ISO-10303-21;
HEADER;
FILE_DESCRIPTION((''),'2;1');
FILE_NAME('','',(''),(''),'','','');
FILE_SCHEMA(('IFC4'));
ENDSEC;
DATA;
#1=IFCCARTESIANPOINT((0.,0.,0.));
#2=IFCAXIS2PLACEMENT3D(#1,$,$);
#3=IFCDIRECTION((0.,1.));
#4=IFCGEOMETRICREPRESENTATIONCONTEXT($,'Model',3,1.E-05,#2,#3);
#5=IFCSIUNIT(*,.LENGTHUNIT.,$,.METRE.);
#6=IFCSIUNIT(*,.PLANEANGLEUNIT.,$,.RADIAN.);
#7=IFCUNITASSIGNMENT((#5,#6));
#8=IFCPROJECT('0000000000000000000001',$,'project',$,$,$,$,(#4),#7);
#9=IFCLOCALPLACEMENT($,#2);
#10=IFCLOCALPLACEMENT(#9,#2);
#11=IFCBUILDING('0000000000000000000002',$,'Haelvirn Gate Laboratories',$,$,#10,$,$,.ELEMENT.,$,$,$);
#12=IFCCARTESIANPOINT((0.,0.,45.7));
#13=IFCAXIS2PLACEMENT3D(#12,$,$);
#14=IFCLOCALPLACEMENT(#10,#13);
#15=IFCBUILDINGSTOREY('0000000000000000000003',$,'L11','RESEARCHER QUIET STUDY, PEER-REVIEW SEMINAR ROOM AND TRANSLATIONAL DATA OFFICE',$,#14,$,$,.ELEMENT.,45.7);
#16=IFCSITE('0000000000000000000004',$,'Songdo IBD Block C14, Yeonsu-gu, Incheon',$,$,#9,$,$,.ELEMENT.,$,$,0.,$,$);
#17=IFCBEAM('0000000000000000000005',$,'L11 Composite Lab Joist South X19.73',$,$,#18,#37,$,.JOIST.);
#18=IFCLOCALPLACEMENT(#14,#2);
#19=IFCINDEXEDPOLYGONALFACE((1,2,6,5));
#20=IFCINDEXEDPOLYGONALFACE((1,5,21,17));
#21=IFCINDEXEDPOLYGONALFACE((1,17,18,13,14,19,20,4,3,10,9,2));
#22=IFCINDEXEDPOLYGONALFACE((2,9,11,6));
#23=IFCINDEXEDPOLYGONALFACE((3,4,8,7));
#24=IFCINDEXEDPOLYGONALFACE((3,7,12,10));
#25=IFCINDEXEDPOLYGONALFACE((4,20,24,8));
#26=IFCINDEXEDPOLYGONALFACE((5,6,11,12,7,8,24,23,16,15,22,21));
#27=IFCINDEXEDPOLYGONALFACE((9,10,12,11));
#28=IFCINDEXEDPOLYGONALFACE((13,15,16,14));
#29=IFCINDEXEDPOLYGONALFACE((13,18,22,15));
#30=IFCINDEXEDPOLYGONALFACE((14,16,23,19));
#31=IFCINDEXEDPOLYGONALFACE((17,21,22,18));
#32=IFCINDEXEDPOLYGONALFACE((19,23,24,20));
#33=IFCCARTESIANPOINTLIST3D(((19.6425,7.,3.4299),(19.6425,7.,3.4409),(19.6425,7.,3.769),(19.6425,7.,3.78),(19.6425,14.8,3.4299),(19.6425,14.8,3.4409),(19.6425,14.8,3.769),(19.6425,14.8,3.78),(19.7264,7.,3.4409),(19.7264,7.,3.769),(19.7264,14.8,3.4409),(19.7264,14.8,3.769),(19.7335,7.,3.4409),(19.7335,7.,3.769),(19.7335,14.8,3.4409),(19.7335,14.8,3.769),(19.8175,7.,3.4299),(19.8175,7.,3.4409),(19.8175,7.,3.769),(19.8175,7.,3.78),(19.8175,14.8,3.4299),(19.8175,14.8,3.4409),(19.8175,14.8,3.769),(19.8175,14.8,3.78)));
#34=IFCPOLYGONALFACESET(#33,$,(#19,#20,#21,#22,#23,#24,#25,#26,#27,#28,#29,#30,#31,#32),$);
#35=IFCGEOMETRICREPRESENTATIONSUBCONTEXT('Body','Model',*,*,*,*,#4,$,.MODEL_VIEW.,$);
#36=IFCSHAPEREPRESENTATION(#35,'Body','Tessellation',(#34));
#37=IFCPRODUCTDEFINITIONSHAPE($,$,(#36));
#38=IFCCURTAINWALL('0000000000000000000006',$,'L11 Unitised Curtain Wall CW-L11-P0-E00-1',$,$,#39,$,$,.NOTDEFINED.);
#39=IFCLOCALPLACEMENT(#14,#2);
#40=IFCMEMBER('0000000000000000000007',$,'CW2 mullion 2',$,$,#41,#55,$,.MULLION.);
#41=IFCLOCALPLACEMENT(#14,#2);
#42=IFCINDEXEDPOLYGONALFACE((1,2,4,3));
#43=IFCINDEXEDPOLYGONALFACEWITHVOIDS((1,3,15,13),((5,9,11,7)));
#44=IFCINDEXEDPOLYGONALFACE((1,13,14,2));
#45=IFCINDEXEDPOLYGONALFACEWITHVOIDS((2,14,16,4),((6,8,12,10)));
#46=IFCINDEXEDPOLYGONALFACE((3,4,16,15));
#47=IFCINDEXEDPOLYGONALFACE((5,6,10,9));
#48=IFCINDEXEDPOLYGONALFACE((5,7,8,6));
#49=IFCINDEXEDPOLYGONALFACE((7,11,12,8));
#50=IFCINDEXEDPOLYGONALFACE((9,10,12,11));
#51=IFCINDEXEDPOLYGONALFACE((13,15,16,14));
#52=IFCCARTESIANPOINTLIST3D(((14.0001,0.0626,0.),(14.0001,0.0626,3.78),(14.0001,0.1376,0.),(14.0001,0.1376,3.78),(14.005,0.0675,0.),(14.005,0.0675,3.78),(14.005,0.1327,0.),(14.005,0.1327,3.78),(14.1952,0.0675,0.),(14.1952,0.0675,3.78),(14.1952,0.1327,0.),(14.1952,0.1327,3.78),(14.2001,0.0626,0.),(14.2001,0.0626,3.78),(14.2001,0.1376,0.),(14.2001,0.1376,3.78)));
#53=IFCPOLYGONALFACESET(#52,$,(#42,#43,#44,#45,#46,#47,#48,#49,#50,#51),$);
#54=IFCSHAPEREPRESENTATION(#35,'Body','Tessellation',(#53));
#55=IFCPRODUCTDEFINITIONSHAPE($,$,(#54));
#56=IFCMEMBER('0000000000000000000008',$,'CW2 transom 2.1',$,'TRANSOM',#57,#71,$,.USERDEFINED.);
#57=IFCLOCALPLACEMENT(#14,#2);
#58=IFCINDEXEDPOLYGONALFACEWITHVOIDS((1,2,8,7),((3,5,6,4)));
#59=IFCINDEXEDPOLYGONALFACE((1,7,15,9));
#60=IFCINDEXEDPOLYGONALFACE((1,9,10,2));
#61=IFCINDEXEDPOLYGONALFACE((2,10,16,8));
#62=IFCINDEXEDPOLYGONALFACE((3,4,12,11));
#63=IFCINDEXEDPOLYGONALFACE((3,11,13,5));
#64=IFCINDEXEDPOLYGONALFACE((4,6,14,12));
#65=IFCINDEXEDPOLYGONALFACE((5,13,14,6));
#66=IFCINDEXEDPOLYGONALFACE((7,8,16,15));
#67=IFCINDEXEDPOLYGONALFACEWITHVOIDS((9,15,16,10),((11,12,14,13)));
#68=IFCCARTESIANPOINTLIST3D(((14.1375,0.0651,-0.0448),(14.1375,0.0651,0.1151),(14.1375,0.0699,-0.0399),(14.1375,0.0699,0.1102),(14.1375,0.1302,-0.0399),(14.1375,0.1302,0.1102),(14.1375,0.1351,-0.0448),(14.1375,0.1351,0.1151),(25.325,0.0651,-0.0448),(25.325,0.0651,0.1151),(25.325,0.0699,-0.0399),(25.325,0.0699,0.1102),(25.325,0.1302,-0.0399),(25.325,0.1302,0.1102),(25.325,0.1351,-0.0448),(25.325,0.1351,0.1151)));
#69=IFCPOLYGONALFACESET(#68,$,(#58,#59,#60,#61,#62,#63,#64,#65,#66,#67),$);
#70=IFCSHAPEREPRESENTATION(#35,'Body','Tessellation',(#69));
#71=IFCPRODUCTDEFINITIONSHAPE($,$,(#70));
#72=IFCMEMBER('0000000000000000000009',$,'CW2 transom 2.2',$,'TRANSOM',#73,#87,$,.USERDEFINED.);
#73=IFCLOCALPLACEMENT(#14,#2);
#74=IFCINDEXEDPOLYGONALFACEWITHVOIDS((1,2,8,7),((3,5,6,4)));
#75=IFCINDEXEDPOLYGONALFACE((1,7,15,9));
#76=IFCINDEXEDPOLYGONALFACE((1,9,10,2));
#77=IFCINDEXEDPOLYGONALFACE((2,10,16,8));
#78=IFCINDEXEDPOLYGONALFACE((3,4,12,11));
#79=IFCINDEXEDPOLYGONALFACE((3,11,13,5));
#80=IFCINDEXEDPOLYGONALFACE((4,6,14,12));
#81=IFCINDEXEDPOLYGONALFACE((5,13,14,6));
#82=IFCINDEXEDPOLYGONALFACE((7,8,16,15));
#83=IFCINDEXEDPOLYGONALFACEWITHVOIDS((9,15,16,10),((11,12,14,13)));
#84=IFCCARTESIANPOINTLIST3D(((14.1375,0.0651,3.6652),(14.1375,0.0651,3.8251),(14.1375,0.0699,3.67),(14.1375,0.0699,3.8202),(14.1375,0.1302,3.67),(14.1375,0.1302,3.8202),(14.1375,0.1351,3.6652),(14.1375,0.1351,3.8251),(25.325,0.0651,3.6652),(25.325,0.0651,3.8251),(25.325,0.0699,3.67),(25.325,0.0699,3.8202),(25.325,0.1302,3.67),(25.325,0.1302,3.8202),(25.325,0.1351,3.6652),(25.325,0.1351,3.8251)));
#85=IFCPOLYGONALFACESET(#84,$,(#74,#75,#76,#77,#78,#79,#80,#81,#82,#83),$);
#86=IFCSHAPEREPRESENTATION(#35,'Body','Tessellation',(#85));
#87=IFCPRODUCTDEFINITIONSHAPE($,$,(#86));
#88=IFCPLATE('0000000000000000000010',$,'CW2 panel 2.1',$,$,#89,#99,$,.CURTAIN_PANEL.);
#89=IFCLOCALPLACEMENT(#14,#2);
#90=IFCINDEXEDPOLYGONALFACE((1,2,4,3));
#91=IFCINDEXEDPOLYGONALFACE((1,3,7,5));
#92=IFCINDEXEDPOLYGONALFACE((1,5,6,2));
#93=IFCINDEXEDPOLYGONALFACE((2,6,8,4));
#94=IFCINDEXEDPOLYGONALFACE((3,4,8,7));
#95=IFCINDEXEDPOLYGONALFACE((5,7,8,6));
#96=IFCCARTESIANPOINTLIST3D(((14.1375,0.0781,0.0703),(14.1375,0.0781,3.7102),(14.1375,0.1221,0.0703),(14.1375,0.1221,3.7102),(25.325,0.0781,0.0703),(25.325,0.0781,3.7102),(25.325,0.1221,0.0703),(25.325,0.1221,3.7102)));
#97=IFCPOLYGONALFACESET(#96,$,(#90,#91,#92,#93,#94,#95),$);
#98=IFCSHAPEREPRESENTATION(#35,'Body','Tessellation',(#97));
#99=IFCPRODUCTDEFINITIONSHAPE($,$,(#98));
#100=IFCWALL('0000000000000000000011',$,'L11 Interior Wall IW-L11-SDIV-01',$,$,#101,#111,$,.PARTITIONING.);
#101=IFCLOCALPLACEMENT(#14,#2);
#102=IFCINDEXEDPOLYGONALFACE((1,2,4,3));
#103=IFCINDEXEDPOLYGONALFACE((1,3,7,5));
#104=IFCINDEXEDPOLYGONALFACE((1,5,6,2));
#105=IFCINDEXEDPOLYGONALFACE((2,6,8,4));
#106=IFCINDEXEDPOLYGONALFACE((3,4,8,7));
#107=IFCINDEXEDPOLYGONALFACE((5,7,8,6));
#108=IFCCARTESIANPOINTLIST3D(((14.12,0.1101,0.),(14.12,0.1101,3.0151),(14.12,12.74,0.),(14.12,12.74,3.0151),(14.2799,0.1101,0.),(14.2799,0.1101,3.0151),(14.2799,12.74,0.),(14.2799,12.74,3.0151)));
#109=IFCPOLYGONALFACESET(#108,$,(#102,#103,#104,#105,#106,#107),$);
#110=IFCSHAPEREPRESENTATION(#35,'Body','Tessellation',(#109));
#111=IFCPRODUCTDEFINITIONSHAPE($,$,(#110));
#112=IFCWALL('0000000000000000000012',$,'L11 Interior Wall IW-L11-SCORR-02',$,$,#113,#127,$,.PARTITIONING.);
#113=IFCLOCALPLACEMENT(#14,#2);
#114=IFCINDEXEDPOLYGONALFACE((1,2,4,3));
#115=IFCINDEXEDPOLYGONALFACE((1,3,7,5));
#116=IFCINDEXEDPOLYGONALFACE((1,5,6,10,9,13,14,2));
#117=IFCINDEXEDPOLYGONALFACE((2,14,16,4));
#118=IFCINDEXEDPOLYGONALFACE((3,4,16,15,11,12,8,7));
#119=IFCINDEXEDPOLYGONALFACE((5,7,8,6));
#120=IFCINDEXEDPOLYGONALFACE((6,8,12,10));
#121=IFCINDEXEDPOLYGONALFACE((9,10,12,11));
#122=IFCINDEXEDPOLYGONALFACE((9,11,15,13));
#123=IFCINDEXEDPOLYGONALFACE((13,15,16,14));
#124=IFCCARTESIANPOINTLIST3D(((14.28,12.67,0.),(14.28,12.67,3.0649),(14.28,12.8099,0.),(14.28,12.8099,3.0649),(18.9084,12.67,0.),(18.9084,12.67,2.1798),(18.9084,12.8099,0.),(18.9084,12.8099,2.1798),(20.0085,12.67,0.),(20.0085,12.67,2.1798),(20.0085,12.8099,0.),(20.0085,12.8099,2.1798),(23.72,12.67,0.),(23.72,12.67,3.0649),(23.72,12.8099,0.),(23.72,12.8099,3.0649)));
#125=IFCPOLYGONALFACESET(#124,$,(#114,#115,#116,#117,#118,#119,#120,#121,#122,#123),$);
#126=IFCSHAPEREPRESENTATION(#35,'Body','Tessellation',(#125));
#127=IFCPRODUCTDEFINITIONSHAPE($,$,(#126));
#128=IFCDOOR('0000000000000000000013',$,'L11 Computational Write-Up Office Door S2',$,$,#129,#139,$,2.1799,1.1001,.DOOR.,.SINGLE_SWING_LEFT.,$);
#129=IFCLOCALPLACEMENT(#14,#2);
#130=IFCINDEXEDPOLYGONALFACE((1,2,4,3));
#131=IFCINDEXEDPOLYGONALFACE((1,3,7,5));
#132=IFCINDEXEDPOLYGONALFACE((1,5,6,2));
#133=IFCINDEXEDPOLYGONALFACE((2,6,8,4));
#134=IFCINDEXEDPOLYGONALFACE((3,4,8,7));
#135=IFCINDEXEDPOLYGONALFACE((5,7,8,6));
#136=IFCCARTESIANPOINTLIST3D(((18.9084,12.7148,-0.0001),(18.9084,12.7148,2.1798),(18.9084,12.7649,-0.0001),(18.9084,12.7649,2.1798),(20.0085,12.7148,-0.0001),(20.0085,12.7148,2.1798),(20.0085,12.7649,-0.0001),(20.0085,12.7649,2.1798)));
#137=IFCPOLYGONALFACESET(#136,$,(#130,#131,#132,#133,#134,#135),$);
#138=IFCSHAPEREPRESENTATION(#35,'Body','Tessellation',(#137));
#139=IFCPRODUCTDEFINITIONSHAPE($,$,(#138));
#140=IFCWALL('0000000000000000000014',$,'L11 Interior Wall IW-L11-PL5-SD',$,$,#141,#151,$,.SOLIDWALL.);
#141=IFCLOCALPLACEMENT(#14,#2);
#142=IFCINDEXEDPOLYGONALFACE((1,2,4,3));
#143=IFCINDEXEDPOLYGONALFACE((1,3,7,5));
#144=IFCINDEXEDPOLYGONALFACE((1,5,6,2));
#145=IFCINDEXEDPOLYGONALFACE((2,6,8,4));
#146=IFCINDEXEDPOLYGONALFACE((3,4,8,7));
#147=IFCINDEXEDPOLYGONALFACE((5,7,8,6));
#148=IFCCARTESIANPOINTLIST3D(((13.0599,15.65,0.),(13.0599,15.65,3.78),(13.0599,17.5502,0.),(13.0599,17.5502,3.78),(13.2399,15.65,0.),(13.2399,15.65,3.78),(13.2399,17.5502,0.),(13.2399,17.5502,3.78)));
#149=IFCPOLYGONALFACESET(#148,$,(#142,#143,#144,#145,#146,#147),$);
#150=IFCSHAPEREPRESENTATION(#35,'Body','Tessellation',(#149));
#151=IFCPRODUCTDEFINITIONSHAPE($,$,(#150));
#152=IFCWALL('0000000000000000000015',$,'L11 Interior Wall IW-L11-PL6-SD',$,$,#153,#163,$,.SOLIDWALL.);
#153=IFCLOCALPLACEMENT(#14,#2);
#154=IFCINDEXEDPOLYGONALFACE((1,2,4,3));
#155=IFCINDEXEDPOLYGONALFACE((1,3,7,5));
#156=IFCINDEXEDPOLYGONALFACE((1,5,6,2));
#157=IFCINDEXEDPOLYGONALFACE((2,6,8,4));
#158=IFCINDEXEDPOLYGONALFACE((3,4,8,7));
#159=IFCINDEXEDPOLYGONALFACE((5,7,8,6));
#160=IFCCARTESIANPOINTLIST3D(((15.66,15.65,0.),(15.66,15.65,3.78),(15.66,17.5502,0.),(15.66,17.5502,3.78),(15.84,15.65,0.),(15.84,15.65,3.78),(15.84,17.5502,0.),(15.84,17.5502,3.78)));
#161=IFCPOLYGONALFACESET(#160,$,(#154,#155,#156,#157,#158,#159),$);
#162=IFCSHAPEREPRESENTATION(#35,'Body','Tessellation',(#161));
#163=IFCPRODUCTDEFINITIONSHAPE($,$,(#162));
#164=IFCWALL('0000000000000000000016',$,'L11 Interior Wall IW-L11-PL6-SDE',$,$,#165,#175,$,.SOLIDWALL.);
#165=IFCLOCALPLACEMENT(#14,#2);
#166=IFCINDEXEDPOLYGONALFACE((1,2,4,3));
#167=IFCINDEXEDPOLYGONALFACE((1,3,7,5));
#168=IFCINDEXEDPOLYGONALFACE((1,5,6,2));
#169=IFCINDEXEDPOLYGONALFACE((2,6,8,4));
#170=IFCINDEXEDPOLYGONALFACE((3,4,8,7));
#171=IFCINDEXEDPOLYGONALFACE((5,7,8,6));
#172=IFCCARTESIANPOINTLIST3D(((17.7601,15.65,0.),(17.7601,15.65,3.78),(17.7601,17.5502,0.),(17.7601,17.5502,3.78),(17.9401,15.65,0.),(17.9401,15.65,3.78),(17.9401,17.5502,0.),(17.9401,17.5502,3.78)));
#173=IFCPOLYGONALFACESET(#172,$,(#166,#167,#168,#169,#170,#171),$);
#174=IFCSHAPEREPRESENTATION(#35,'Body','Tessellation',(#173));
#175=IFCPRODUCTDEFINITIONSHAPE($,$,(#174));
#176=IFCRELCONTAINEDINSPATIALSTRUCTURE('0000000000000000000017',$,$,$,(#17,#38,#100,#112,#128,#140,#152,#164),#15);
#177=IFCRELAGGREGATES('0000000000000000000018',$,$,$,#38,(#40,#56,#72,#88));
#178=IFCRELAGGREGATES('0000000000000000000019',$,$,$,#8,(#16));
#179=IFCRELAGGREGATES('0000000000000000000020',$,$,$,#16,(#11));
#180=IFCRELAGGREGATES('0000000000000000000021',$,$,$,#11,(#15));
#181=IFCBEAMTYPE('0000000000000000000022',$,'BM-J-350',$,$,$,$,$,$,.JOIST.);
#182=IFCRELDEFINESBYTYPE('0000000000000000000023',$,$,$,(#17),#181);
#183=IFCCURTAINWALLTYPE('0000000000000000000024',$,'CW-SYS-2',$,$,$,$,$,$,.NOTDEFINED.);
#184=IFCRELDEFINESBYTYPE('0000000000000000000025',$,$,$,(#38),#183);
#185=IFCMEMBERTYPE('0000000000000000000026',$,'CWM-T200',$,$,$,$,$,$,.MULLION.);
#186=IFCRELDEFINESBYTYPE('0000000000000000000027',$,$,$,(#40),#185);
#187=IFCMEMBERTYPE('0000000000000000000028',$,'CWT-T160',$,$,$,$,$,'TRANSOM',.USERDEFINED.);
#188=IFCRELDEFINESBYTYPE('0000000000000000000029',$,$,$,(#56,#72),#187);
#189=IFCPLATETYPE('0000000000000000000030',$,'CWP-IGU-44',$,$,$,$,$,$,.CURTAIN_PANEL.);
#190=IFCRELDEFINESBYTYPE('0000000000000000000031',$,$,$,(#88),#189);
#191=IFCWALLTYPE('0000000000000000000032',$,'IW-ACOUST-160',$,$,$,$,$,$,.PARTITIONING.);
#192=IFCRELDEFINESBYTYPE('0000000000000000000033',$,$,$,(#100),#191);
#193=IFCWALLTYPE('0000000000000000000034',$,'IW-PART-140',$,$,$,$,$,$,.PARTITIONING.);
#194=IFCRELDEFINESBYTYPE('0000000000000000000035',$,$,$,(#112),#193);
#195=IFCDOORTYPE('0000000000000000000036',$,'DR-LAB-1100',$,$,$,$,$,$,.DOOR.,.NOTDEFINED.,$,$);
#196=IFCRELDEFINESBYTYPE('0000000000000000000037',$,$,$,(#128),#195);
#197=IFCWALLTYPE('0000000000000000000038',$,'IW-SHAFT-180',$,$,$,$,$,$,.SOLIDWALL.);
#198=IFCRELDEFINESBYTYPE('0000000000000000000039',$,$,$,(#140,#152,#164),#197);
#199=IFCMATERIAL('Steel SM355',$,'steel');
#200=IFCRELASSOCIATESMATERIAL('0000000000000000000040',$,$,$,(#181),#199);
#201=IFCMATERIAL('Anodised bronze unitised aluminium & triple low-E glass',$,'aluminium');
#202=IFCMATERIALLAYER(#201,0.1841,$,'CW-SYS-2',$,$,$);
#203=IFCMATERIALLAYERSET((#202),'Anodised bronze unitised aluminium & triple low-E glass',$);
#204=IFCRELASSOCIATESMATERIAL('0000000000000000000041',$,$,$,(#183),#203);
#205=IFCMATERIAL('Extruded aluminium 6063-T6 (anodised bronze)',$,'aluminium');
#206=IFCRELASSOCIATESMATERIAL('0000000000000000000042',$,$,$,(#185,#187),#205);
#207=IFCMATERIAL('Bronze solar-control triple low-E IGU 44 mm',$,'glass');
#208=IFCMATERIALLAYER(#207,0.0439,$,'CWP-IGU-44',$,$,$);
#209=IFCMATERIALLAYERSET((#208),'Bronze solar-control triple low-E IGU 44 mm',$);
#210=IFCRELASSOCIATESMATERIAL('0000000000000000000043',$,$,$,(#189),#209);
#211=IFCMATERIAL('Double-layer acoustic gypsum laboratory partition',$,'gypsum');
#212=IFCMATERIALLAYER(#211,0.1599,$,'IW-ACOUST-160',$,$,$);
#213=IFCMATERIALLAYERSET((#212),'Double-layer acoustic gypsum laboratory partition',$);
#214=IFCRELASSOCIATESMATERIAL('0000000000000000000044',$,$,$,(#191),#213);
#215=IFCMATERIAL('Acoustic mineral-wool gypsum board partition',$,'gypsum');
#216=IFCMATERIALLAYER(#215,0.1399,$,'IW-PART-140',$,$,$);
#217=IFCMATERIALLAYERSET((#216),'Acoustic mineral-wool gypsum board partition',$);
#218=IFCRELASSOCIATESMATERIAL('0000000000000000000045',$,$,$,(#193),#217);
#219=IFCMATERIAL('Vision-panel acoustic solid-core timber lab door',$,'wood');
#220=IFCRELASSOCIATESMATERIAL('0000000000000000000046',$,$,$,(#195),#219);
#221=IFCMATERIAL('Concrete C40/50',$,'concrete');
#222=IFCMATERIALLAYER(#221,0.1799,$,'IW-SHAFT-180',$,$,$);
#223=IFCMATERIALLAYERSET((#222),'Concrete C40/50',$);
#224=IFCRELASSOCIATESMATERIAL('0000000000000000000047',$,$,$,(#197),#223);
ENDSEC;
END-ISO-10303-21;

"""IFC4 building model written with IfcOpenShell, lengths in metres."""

from ifc_helpers import new_model, si_unit, direction, frame, frame_2d, origin, origin_2d, place, context, subcontext, project, spatial, rectangle, hollow_rectangle, i_section, extrude, source, transform, mapped, material, layer, layer_set, material_profile, profile_set, type_object, type_shapes, element, fill, aggregate, save


model = new_model("IFC4")

# Units and contexts
model_context = context("Model", 3, precision=1e-05, world=origin(), true_north=direction((0.0, 1.0)))
body_context = subcontext(model_context, "Body", "Model", "MODEL_VIEW")
ifc_project = project(units=[si_unit("LENGTHUNIT", "METRE"), si_unit("PLANEANGLEUNIT", "RADIAN")], contexts=[model_context])

# Site, building, storey
site_placement = place(None, origin())
site = spatial("IfcSite", under=ifc_project, at=site_placement, Name="Songdo IBD Block C14, Yeonsu-gu, Incheon", CompositionType="ELEMENT", RefElevation=0.0)
building_placement = place(site_placement, origin())
building = spatial("IfcBuilding", under=site, at=building_placement, Name="Haelvirn Gate Laboratories", CompositionType="ELEMENT")
storey_placement = place(building_placement, frame((0.0, 0.0, 45.7)))
storey = spatial("IfcBuildingStorey", under=building, at=storey_placement, Name="L11", Description="RESEARCHER QUIET STUDY, PEER-REVIEW SEMINAR ROOM AND TRANSLATIONAL DATA OFFICE", CompositionType="ELEMENT", Elevation=45.7)

# Beam
ifc_material_1 = material(Name="Steel SM355", Category="steel")
ifc_material_profile_1 = material_profile(ifc_material_1, i_section(OverallWidth=0.175, OverallDepth=0.3501, WebThickness=0.0071, FlangeThickness=0.011, at=origin_2d()), Name="H-350x175x7x11")
ifc_profile_set_1 = profile_set([ifc_material_profile_1], Name="Steel SM355")
beam_type_1 = type_object("IfcBeamType", Name="BM-J-350", PredefinedType="JOIST", material=ifc_profile_set_1)
shared_shape_1 = source(origin(), body_context, "Body", "SweptSolid", [
    extrude(i_section(OverallWidth=0.175, OverallDepth=0.3501, WebThickness=0.0071, FlangeThickness=0.011, at=origin_2d()), origin(), (0.0, 0.0, 1.0), 7.8),
])
type_shapes(beam_type_1, [shared_shape_1])
for number, where, z_axis, x_axis, name in (
    (1, (19.73, 7.0, 3.605), (0.0, 1.0, 0.0), (-1.0, 0.0, 0.0), "L11 Composite Lab Joist South X19.73"),
):
    element("IfcBeam", number, at=place(storey_placement, frame(where, z_axis=z_axis, x_axis=x_axis)), inside=storey, type_object=beam_type_1, Name=name, PredefinedType="JOIST", context=body_context, shape_type="MappedRepresentation", body=[
        mapped(shared_shape_1, transform((0.0, 0.0, 0.0), scale=1.0)),
    ])

# Curtain wall, members, plate
ifc_material_2 = material(Name="Anodised bronze unitised aluminium & triple low-E glass", Category="aluminium")
ifc_layer_1 = layer(ifc_material_2, 0.1841, Name="CW-SYS-2")
ifc_layer_set_1 = layer_set([ifc_layer_1], Name="Anodised bronze unitised aluminium & triple low-E glass")
curtain_wall_type = type_object("IfcCurtainWallType", Name="CW-SYS-2", PredefinedType="NOTDEFINED", material=ifc_layer_set_1)
curtain_wall_placement = place(storey_placement, origin())
curtain_wall = element("IfcCurtainWall", 2, at=curtain_wall_placement, inside=storey, type_object=curtain_wall_type, Name="L11 Unitised Curtain Wall CW-L11-P0-E00-1", PredefinedType="NOTDEFINED")
ifc_material_3 = material(Name="Extruded aluminium 6063-T6 (anodised bronze)", Category="aluminium")
ifc_material_profile_2 = material_profile(ifc_material_3, hollow_rectangle(XDim=0.075, YDim=0.2, WallThickness=0.0049, at=origin_2d()), Name="CWM-200x75x5")
ifc_profile_set_2 = profile_set([ifc_material_profile_2], Name="Extruded aluminium 6063-T6 (anodised bronze)")
member_type_1 = type_object("IfcMemberType", Name="CWM-T200", PredefinedType="MULLION", material=ifc_profile_set_2)
shared_shape_2 = source(origin(), body_context, "Body", "SweptSolid", [
    extrude(hollow_rectangle(XDim=0.075, YDim=0.2, WallThickness=0.0049, at=origin_2d()), origin(), (0.0, 0.0, 1.0), 3.78),
])
type_shapes(member_type_1, [shared_shape_2])
member_1_placement = place(storey_placement, frame((14.1001, 0.1001, 0.0), z_axis=(0.0, 0.0, 1.0), x_axis=(0.0, 1.0, 0.0)))
member_1 = element("IfcMember", 3, at=member_1_placement, type_object=member_type_1, Name="CW2 mullion 2", PredefinedType="MULLION", context=body_context, shape_type="MappedRepresentation", body=[
    mapped(shared_shape_2, transform((0.0, 0.0, 0.0), scale=1.0)),
])
ifc_material_profile_3 = material_profile(ifc_material_3, hollow_rectangle(XDim=0.0701, YDim=0.1599, WallThickness=0.0049, at=origin_2d()), Name="CWT-160x70x5")
ifc_profile_set_3 = profile_set([ifc_material_profile_3], Name="Extruded aluminium 6063-T6 (anodised bronze)")
member_type_2 = type_object("IfcMemberType", Name="CWT-T160", ElementType="TRANSOM", PredefinedType="USERDEFINED", material=ifc_profile_set_3)
shared_shape_3 = source(origin(), body_context, "Body", "SweptSolid", [
    extrude(hollow_rectangle(XDim=0.0701, YDim=0.1599, WallThickness=0.0049, at=origin_2d()), origin(), (0.0, 0.0, 1.0), 11.1875),
])
type_shapes(member_type_2, [shared_shape_3])
member_2_placement = place(storey_placement, frame((14.1375, 0.1001, 0.0352), z_axis=(1.0, 0.0, 0.0), x_axis=(0.0, 1.0, 0.0)))
member_2 = element("IfcMember", 4, at=member_2_placement, type_object=member_type_2, Name="CW2 transom 2.1", ObjectType="TRANSOM", PredefinedType="USERDEFINED", context=body_context, shape_type="MappedRepresentation", body=[
    mapped(shared_shape_3, transform((0.0, 0.0, 0.0), scale=1.0)),
])
member_3_placement = place(storey_placement, frame((14.1375, 0.1001, 3.7451), z_axis=(1.0, 0.0, 0.0), x_axis=(0.0, 1.0, 0.0)))
member_3 = element("IfcMember", 5, at=member_3_placement, type_object=member_type_2, Name="CW2 transom 2.2", ObjectType="TRANSOM", PredefinedType="USERDEFINED", context=body_context, shape_type="MappedRepresentation", body=[
    mapped(shared_shape_3, transform((0.0, 0.0, 0.0), scale=1.0)),
])
ifc_material_4 = material(Name="Bronze solar-control triple low-E IGU 44 mm", Category="glass")
ifc_layer_2 = layer(ifc_material_4, 0.0439, Name="CWP-IGU-44")
ifc_layer_set_2 = layer_set([ifc_layer_2], Name="Bronze solar-control triple low-E IGU 44 mm")
plate_type = type_object("IfcPlateType", Name="CWP-IGU-44", PredefinedType="CURTAIN_PANEL", material=ifc_layer_set_2)
shared_shape_4 = source(origin(), body_context, "Body", "SweptSolid", [
    extrude(rectangle(XDim=11.1875, YDim=0.0439, at=origin_2d()), origin(), (0.0, 0.0, 1.0), 3.6399),
])
type_shapes(plate_type, [shared_shape_4])
plate_placement = place(storey_placement, frame((19.7312, 0.1001, 0.0703), z_axis=(0.0, 0.0, 1.0), x_axis=(1.0, 0.0, 0.0)))
plate = element("IfcPlate", 6, at=plate_placement, type_object=plate_type, Name="CW2 panel 2.1", PredefinedType="CURTAIN_PANEL", context=body_context, shape_type="MappedRepresentation", body=[
    mapped(shared_shape_4, transform((0.0, 0.0, 0.0), scale=1.0)),
])
aggregate(curtain_wall, [member_1, member_2, member_3, plate])

# Wall
ifc_material_5 = material(Name="Double-layer acoustic gypsum laboratory partition", Category="gypsum")
ifc_layer_3 = layer(ifc_material_5, 0.1599, Name="IW-ACOUST-160")
ifc_layer_set_3 = layer_set([ifc_layer_3], Name="Double-layer acoustic gypsum laboratory partition")
wall_type_1 = type_object("IfcWallType", Name="IW-ACOUST-160", PredefinedType="PARTITIONING", material=ifc_layer_set_3)
wall_1_placement = place(storey_placement, frame((14.2, 0.1101, 0.0), z_axis=(0.0, 0.0, 1.0), x_axis=(0.0, 1.0, 0.0)))
element("IfcWall", 7, at=wall_1_placement, inside=storey, type_object=wall_type_1, Name="L11 Interior Wall IW-L11-SDIV-01", PredefinedType="PARTITIONING", context=body_context, shape_type="SweptSolid", body=[
    extrude(rectangle(XDim=12.6299, YDim=0.1599, at=frame_2d((6.3149, 0.0))), origin(), (0.0, 0.0, 1.0), 3.0151),
])

# Wall, opening, door
ifc_material_6 = material(Name="Acoustic mineral-wool gypsum board partition", Category="gypsum")
ifc_layer_4 = layer(ifc_material_6, 0.1399, Name="IW-PART-140")
ifc_layer_set_4 = layer_set([ifc_layer_4], Name="Acoustic mineral-wool gypsum board partition")
wall_type_2 = type_object("IfcWallType", Name="IW-PART-140", PredefinedType="PARTITIONING", material=ifc_layer_set_4)
wall_2_placement = place(storey_placement, frame((14.28, 12.74, 0.0), z_axis=(0.0, 0.0, 1.0), x_axis=(1.0, 0.0, 0.0)))
wall_2 = element("IfcWall", 8, at=wall_2_placement, inside=storey, type_object=wall_type_2, Name="L11 Interior Wall IW-L11-SCORR-02", PredefinedType="PARTITIONING", context=body_context, shape_type="SweptSolid", body=[
    extrude(rectangle(XDim=9.4399, YDim=0.1399, at=frame_2d((4.72, 0.0))), origin(), (0.0, 0.0, 1.0), 3.0649),
])
opening_placement = place(wall_2_placement, frame((4.6284, 0.0, 0.0)))
opening = element("IfcOpeningElement", 9, at=opening_placement, cuts=wall_2, PredefinedType="OPENING", context=body_context, shape_type="SweptSolid", body=[
    extrude(rectangle(XDim=1.1001, YDim=2.1799, at=frame_2d((0.55, 1.0898))), frame((0.0, 0.0801, 0.0), z_axis=(0.0, -1.0, 0.0), x_axis=(1.0, 0.0, 0.0)), (0.0, 0.0, 1.0), 0.1599),
])
ifc_material_7 = material(Name="Vision-panel acoustic solid-core timber lab door", Category="wood")
door_type = type_object("IfcDoorType", Name="DR-LAB-1100", OperationType="NOTDEFINED", PredefinedType="DOOR", material=ifc_material_7)
shared_shape_5 = source(origin(), body_context, "Body", "SweptSolid", [
    extrude(rectangle(XDim=1.1001, YDim=2.1799, at=frame_2d((0.55, 1.0898))), frame((0.0, 0.0249, 0.0), z_axis=(0.0, -1.0, 0.0), x_axis=(1.0, 0.0, 0.0)), (0.0, 0.0, 1.0), 0.05),
])
type_shapes(door_type, [shared_shape_5])
door_placement = place(opening_placement, origin())
door = element("IfcDoor", 10, at=door_placement, inside=storey, type_object=door_type, Name="L11 Computational Write-Up Office Door S2", OperationType="SINGLE_SWING_LEFT", OverallHeight=2.1799, OverallWidth=1.1001, PredefinedType="DOOR", context=body_context, shape_type="MappedRepresentation", body=[
    mapped(shared_shape_5, transform((0.0, 0.0, 0.0), scale=1.0)),
])
fill(opening, door)

# Walls
ifc_material_8 = material(Name="Concrete C40/50", Category="concrete")
ifc_layer_5 = layer(ifc_material_8, 0.1799, Name="IW-SHAFT-180")
ifc_layer_set_5 = layer_set([ifc_layer_5], Name="Concrete C40/50")
wall_type_3 = type_object("IfcWallType", Name="IW-SHAFT-180", PredefinedType="SOLIDWALL", material=ifc_layer_set_5)
for number, where, z_axis, x_axis, name in (
    (11, (13.1499, 15.6499, 0.0), (0.0, 0.0, 1.0), (0.0, 1.0, 0.0), "L11 Interior Wall IW-L11-PL5-SD"),
    (12, (15.75, 15.6499, 0.0), (0.0, 0.0, 1.0), (0.0, 1.0, 0.0), "L11 Interior Wall IW-L11-PL6-SD"),
    (13, (17.8501, 15.6499, 0.0), (0.0, 0.0, 1.0), (0.0, 1.0, 0.0), "L11 Interior Wall IW-L11-PL6-SDE"),
):
    element("IfcWall", number, at=place(storey_placement, frame(where, z_axis=z_axis, x_axis=x_axis)), inside=storey, type_object=wall_type_3, Name=name, PredefinedType="SOLIDWALL", context=body_context, shape_type="SweptSolid", body=[
        extrude(rectangle(XDim=1.9001, YDim=0.1799, at=frame_2d((0.9502, 0.0))), origin(), (0.0, 0.0, 1.0), 3.78),
    ])

save(model, "model.ifc")
